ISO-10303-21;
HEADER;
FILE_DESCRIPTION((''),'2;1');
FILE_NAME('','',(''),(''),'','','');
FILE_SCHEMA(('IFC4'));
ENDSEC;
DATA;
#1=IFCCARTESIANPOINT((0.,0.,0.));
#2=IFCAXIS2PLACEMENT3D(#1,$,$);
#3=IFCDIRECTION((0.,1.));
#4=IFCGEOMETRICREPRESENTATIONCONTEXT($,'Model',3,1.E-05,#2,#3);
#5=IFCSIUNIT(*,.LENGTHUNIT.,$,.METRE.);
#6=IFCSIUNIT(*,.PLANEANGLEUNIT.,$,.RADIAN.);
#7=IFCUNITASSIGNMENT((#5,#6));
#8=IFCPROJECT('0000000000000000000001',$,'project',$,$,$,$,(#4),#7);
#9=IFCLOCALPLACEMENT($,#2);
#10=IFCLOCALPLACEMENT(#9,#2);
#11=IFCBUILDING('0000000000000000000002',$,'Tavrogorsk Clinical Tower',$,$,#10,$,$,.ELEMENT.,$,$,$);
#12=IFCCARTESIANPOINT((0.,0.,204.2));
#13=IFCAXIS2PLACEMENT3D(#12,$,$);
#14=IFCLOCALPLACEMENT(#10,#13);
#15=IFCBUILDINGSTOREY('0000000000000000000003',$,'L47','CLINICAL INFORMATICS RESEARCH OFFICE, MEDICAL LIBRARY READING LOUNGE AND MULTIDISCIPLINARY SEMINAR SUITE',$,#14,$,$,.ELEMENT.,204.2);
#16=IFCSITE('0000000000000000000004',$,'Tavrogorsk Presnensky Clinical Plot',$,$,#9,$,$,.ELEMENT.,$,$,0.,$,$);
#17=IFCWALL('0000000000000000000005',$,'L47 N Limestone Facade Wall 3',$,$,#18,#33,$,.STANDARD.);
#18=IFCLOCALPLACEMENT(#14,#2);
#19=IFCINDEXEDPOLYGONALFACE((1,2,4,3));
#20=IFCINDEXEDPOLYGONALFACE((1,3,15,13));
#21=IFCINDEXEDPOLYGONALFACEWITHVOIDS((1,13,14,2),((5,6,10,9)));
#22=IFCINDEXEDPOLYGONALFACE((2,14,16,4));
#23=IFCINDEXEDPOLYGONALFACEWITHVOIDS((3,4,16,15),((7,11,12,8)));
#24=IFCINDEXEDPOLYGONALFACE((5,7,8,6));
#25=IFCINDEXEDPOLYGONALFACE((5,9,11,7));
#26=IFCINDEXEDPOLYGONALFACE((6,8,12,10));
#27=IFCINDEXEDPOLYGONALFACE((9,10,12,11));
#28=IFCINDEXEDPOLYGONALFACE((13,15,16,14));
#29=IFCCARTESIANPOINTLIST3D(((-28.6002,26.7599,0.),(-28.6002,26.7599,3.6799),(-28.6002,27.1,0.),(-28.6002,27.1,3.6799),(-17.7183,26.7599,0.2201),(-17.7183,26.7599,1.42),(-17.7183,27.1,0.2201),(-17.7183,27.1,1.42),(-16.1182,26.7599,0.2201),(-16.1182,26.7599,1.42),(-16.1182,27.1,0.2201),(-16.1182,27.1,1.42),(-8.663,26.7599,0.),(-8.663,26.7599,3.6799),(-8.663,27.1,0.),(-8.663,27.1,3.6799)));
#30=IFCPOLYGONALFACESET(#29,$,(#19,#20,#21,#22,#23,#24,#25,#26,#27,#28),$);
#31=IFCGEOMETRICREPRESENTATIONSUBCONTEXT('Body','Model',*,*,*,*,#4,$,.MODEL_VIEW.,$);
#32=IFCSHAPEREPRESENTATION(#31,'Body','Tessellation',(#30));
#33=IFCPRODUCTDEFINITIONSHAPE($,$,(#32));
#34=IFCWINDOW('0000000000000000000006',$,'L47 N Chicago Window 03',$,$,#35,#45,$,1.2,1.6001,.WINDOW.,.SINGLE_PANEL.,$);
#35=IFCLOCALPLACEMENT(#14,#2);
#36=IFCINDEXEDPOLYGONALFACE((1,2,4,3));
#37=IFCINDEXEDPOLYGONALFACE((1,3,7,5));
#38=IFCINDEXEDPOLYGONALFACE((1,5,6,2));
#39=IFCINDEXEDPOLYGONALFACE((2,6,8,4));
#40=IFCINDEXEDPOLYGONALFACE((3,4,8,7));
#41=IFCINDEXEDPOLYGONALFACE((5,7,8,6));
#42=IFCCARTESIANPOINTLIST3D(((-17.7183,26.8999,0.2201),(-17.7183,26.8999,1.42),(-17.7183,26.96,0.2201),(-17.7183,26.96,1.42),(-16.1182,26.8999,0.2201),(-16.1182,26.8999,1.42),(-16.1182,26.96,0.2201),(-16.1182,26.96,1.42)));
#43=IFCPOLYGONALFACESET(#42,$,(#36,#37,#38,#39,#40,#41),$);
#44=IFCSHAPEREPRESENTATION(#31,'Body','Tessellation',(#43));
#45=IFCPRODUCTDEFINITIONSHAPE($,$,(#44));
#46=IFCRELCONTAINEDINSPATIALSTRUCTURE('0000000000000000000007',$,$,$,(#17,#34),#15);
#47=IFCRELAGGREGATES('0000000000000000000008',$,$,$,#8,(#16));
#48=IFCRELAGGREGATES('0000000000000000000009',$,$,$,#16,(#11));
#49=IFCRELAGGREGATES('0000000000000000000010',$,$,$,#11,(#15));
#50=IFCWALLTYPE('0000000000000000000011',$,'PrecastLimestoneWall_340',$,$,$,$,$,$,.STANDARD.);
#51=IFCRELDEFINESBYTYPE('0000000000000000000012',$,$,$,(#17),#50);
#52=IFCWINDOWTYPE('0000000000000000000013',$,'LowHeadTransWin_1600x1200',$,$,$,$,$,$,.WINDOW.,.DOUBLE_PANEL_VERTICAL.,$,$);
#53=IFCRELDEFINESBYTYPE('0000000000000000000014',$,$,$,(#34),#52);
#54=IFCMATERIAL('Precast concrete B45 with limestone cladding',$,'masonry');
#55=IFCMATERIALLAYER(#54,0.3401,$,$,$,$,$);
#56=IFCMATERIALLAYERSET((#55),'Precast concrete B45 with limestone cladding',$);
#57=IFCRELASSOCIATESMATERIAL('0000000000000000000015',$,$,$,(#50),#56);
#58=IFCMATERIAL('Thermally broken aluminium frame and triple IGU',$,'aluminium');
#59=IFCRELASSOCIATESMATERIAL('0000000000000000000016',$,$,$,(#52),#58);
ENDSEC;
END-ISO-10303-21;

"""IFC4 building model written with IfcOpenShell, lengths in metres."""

from ifc_helpers import new_model, si_unit, direction, frame, frame_2d, origin, place, context, subcontext, project, spatial, rectangle, extrude, material, layer, layer_set, type_object, element, fill, save


model = new_model("IFC4")

# Units and contexts
model_context = context("Model", 3, precision=1e-05, world=origin(), true_north=direction((0.0, 1.0)))
body_context = subcontext(model_context, "Body", "Model", "MODEL_VIEW")
ifc_project = project(units=[si_unit("LENGTHUNIT", "METRE"), si_unit("PLANEANGLEUNIT", "RADIAN")], contexts=[model_context])

# Site, building, storey
site_placement = place(None, origin())
site = spatial("IfcSite", under=ifc_project, at=site_placement, Name="Tavrogorsk Presnensky Clinical Plot", CompositionType="ELEMENT", RefElevation=0.0)
building_placement = place(site_placement, origin())
building = spatial("IfcBuilding", under=site, at=building_placement, Name="Tavrogorsk Clinical Tower", CompositionType="ELEMENT")
storey_placement = place(building_placement, frame((0.0, 0.0, 204.2)))
storey = spatial("IfcBuildingStorey", under=building, at=storey_placement, Name="L47", Description="CLINICAL INFORMATICS RESEARCH OFFICE, MEDICAL LIBRARY READING LOUNGE AND MULTIDISCIPLINARY SEMINAR SUITE", CompositionType="ELEMENT", Elevation=204.2)

# Wall, opening, window
ifc_material_1 = material(Name="Precast concrete B45 with limestone cladding", Category="masonry")
ifc_layer_1 = layer(ifc_material_1, 0.3401)
ifc_layer_set_1 = layer_set([ifc_layer_1], Name="Precast concrete B45 with limestone cladding")
wall_type_1 = type_object("IfcWallType", Name="PrecastLimestoneWall_340", PredefinedType="STANDARD", material=ifc_layer_set_1)
wall_1_placement = place(storey_placement, frame((-8.6628, 26.9299, 0.0), z_axis=(0.0, 0.0, 1.0), x_axis=(-1.0, 0.0, 0.0)))
wall_1 = element("IfcWall", 1, at=wall_1_placement, inside=storey, type_object=wall_type_1, Name="L47 N Limestone Facade Wall 3", PredefinedType="STANDARD", context=body_context, shape_type="SweptSolid", body=[
    extrude(rectangle(XDim=19.9373, YDim=0.3401, at=frame_2d((9.9688, 0.0))), origin(), (0.0, 0.0, 1.0), 3.6799),
])
opening_1_placement = place(wall_1_placement, frame((7.4553, 0.0, 0.22)))
opening_1 = element("IfcOpeningElement", 2, at=opening_1_placement, cuts=wall_1, PredefinedType="OPENING", context=body_context, shape_type="SweptSolid", body=[
    extrude(rectangle(XDim=1.6001, YDim=1.2, at=frame_2d((0.8, 0.6001))), frame((0.0, 0.1799, 0.0), z_axis=(0.0, -1.0, 0.0), x_axis=(1.0, 0.0, 0.0)), (0.0, 0.0, 1.0), 0.3601),
])
ifc_material_2 = material(Name="Thermally broken aluminium frame and triple IGU", Category="aluminium")
window_type = type_object("IfcWindowType", Name="LowHeadTransWin_1600x1200", PartitioningType="DOUBLE_PANEL_VERTICAL", PredefinedType="WINDOW", material=ifc_material_2)
window_placement = place(opening_1_placement, origin())
window = element("IfcWindow", 3, at=window_placement, inside=storey, type_object=window_type, Name="L47 N Chicago Window 03", OverallHeight=1.2, OverallWidth=1.6001, PartitioningType="SINGLE_PANEL", PredefinedType="WINDOW", context=body_context, shape_type="SweptSolid", body=[
    extrude(rectangle(XDim=1.6001, YDim=1.2, at=frame_2d((0.8, 0.6001))), frame((0.0, 0.03, 0.0), z_axis=(0.0, -1.0, 0.0), x_axis=(1.0, 0.0, 0.0)), (0.0, 0.0, 1.0), 0.0601),
])
fill(opening_1, window)

save(model, "model.ifc")
